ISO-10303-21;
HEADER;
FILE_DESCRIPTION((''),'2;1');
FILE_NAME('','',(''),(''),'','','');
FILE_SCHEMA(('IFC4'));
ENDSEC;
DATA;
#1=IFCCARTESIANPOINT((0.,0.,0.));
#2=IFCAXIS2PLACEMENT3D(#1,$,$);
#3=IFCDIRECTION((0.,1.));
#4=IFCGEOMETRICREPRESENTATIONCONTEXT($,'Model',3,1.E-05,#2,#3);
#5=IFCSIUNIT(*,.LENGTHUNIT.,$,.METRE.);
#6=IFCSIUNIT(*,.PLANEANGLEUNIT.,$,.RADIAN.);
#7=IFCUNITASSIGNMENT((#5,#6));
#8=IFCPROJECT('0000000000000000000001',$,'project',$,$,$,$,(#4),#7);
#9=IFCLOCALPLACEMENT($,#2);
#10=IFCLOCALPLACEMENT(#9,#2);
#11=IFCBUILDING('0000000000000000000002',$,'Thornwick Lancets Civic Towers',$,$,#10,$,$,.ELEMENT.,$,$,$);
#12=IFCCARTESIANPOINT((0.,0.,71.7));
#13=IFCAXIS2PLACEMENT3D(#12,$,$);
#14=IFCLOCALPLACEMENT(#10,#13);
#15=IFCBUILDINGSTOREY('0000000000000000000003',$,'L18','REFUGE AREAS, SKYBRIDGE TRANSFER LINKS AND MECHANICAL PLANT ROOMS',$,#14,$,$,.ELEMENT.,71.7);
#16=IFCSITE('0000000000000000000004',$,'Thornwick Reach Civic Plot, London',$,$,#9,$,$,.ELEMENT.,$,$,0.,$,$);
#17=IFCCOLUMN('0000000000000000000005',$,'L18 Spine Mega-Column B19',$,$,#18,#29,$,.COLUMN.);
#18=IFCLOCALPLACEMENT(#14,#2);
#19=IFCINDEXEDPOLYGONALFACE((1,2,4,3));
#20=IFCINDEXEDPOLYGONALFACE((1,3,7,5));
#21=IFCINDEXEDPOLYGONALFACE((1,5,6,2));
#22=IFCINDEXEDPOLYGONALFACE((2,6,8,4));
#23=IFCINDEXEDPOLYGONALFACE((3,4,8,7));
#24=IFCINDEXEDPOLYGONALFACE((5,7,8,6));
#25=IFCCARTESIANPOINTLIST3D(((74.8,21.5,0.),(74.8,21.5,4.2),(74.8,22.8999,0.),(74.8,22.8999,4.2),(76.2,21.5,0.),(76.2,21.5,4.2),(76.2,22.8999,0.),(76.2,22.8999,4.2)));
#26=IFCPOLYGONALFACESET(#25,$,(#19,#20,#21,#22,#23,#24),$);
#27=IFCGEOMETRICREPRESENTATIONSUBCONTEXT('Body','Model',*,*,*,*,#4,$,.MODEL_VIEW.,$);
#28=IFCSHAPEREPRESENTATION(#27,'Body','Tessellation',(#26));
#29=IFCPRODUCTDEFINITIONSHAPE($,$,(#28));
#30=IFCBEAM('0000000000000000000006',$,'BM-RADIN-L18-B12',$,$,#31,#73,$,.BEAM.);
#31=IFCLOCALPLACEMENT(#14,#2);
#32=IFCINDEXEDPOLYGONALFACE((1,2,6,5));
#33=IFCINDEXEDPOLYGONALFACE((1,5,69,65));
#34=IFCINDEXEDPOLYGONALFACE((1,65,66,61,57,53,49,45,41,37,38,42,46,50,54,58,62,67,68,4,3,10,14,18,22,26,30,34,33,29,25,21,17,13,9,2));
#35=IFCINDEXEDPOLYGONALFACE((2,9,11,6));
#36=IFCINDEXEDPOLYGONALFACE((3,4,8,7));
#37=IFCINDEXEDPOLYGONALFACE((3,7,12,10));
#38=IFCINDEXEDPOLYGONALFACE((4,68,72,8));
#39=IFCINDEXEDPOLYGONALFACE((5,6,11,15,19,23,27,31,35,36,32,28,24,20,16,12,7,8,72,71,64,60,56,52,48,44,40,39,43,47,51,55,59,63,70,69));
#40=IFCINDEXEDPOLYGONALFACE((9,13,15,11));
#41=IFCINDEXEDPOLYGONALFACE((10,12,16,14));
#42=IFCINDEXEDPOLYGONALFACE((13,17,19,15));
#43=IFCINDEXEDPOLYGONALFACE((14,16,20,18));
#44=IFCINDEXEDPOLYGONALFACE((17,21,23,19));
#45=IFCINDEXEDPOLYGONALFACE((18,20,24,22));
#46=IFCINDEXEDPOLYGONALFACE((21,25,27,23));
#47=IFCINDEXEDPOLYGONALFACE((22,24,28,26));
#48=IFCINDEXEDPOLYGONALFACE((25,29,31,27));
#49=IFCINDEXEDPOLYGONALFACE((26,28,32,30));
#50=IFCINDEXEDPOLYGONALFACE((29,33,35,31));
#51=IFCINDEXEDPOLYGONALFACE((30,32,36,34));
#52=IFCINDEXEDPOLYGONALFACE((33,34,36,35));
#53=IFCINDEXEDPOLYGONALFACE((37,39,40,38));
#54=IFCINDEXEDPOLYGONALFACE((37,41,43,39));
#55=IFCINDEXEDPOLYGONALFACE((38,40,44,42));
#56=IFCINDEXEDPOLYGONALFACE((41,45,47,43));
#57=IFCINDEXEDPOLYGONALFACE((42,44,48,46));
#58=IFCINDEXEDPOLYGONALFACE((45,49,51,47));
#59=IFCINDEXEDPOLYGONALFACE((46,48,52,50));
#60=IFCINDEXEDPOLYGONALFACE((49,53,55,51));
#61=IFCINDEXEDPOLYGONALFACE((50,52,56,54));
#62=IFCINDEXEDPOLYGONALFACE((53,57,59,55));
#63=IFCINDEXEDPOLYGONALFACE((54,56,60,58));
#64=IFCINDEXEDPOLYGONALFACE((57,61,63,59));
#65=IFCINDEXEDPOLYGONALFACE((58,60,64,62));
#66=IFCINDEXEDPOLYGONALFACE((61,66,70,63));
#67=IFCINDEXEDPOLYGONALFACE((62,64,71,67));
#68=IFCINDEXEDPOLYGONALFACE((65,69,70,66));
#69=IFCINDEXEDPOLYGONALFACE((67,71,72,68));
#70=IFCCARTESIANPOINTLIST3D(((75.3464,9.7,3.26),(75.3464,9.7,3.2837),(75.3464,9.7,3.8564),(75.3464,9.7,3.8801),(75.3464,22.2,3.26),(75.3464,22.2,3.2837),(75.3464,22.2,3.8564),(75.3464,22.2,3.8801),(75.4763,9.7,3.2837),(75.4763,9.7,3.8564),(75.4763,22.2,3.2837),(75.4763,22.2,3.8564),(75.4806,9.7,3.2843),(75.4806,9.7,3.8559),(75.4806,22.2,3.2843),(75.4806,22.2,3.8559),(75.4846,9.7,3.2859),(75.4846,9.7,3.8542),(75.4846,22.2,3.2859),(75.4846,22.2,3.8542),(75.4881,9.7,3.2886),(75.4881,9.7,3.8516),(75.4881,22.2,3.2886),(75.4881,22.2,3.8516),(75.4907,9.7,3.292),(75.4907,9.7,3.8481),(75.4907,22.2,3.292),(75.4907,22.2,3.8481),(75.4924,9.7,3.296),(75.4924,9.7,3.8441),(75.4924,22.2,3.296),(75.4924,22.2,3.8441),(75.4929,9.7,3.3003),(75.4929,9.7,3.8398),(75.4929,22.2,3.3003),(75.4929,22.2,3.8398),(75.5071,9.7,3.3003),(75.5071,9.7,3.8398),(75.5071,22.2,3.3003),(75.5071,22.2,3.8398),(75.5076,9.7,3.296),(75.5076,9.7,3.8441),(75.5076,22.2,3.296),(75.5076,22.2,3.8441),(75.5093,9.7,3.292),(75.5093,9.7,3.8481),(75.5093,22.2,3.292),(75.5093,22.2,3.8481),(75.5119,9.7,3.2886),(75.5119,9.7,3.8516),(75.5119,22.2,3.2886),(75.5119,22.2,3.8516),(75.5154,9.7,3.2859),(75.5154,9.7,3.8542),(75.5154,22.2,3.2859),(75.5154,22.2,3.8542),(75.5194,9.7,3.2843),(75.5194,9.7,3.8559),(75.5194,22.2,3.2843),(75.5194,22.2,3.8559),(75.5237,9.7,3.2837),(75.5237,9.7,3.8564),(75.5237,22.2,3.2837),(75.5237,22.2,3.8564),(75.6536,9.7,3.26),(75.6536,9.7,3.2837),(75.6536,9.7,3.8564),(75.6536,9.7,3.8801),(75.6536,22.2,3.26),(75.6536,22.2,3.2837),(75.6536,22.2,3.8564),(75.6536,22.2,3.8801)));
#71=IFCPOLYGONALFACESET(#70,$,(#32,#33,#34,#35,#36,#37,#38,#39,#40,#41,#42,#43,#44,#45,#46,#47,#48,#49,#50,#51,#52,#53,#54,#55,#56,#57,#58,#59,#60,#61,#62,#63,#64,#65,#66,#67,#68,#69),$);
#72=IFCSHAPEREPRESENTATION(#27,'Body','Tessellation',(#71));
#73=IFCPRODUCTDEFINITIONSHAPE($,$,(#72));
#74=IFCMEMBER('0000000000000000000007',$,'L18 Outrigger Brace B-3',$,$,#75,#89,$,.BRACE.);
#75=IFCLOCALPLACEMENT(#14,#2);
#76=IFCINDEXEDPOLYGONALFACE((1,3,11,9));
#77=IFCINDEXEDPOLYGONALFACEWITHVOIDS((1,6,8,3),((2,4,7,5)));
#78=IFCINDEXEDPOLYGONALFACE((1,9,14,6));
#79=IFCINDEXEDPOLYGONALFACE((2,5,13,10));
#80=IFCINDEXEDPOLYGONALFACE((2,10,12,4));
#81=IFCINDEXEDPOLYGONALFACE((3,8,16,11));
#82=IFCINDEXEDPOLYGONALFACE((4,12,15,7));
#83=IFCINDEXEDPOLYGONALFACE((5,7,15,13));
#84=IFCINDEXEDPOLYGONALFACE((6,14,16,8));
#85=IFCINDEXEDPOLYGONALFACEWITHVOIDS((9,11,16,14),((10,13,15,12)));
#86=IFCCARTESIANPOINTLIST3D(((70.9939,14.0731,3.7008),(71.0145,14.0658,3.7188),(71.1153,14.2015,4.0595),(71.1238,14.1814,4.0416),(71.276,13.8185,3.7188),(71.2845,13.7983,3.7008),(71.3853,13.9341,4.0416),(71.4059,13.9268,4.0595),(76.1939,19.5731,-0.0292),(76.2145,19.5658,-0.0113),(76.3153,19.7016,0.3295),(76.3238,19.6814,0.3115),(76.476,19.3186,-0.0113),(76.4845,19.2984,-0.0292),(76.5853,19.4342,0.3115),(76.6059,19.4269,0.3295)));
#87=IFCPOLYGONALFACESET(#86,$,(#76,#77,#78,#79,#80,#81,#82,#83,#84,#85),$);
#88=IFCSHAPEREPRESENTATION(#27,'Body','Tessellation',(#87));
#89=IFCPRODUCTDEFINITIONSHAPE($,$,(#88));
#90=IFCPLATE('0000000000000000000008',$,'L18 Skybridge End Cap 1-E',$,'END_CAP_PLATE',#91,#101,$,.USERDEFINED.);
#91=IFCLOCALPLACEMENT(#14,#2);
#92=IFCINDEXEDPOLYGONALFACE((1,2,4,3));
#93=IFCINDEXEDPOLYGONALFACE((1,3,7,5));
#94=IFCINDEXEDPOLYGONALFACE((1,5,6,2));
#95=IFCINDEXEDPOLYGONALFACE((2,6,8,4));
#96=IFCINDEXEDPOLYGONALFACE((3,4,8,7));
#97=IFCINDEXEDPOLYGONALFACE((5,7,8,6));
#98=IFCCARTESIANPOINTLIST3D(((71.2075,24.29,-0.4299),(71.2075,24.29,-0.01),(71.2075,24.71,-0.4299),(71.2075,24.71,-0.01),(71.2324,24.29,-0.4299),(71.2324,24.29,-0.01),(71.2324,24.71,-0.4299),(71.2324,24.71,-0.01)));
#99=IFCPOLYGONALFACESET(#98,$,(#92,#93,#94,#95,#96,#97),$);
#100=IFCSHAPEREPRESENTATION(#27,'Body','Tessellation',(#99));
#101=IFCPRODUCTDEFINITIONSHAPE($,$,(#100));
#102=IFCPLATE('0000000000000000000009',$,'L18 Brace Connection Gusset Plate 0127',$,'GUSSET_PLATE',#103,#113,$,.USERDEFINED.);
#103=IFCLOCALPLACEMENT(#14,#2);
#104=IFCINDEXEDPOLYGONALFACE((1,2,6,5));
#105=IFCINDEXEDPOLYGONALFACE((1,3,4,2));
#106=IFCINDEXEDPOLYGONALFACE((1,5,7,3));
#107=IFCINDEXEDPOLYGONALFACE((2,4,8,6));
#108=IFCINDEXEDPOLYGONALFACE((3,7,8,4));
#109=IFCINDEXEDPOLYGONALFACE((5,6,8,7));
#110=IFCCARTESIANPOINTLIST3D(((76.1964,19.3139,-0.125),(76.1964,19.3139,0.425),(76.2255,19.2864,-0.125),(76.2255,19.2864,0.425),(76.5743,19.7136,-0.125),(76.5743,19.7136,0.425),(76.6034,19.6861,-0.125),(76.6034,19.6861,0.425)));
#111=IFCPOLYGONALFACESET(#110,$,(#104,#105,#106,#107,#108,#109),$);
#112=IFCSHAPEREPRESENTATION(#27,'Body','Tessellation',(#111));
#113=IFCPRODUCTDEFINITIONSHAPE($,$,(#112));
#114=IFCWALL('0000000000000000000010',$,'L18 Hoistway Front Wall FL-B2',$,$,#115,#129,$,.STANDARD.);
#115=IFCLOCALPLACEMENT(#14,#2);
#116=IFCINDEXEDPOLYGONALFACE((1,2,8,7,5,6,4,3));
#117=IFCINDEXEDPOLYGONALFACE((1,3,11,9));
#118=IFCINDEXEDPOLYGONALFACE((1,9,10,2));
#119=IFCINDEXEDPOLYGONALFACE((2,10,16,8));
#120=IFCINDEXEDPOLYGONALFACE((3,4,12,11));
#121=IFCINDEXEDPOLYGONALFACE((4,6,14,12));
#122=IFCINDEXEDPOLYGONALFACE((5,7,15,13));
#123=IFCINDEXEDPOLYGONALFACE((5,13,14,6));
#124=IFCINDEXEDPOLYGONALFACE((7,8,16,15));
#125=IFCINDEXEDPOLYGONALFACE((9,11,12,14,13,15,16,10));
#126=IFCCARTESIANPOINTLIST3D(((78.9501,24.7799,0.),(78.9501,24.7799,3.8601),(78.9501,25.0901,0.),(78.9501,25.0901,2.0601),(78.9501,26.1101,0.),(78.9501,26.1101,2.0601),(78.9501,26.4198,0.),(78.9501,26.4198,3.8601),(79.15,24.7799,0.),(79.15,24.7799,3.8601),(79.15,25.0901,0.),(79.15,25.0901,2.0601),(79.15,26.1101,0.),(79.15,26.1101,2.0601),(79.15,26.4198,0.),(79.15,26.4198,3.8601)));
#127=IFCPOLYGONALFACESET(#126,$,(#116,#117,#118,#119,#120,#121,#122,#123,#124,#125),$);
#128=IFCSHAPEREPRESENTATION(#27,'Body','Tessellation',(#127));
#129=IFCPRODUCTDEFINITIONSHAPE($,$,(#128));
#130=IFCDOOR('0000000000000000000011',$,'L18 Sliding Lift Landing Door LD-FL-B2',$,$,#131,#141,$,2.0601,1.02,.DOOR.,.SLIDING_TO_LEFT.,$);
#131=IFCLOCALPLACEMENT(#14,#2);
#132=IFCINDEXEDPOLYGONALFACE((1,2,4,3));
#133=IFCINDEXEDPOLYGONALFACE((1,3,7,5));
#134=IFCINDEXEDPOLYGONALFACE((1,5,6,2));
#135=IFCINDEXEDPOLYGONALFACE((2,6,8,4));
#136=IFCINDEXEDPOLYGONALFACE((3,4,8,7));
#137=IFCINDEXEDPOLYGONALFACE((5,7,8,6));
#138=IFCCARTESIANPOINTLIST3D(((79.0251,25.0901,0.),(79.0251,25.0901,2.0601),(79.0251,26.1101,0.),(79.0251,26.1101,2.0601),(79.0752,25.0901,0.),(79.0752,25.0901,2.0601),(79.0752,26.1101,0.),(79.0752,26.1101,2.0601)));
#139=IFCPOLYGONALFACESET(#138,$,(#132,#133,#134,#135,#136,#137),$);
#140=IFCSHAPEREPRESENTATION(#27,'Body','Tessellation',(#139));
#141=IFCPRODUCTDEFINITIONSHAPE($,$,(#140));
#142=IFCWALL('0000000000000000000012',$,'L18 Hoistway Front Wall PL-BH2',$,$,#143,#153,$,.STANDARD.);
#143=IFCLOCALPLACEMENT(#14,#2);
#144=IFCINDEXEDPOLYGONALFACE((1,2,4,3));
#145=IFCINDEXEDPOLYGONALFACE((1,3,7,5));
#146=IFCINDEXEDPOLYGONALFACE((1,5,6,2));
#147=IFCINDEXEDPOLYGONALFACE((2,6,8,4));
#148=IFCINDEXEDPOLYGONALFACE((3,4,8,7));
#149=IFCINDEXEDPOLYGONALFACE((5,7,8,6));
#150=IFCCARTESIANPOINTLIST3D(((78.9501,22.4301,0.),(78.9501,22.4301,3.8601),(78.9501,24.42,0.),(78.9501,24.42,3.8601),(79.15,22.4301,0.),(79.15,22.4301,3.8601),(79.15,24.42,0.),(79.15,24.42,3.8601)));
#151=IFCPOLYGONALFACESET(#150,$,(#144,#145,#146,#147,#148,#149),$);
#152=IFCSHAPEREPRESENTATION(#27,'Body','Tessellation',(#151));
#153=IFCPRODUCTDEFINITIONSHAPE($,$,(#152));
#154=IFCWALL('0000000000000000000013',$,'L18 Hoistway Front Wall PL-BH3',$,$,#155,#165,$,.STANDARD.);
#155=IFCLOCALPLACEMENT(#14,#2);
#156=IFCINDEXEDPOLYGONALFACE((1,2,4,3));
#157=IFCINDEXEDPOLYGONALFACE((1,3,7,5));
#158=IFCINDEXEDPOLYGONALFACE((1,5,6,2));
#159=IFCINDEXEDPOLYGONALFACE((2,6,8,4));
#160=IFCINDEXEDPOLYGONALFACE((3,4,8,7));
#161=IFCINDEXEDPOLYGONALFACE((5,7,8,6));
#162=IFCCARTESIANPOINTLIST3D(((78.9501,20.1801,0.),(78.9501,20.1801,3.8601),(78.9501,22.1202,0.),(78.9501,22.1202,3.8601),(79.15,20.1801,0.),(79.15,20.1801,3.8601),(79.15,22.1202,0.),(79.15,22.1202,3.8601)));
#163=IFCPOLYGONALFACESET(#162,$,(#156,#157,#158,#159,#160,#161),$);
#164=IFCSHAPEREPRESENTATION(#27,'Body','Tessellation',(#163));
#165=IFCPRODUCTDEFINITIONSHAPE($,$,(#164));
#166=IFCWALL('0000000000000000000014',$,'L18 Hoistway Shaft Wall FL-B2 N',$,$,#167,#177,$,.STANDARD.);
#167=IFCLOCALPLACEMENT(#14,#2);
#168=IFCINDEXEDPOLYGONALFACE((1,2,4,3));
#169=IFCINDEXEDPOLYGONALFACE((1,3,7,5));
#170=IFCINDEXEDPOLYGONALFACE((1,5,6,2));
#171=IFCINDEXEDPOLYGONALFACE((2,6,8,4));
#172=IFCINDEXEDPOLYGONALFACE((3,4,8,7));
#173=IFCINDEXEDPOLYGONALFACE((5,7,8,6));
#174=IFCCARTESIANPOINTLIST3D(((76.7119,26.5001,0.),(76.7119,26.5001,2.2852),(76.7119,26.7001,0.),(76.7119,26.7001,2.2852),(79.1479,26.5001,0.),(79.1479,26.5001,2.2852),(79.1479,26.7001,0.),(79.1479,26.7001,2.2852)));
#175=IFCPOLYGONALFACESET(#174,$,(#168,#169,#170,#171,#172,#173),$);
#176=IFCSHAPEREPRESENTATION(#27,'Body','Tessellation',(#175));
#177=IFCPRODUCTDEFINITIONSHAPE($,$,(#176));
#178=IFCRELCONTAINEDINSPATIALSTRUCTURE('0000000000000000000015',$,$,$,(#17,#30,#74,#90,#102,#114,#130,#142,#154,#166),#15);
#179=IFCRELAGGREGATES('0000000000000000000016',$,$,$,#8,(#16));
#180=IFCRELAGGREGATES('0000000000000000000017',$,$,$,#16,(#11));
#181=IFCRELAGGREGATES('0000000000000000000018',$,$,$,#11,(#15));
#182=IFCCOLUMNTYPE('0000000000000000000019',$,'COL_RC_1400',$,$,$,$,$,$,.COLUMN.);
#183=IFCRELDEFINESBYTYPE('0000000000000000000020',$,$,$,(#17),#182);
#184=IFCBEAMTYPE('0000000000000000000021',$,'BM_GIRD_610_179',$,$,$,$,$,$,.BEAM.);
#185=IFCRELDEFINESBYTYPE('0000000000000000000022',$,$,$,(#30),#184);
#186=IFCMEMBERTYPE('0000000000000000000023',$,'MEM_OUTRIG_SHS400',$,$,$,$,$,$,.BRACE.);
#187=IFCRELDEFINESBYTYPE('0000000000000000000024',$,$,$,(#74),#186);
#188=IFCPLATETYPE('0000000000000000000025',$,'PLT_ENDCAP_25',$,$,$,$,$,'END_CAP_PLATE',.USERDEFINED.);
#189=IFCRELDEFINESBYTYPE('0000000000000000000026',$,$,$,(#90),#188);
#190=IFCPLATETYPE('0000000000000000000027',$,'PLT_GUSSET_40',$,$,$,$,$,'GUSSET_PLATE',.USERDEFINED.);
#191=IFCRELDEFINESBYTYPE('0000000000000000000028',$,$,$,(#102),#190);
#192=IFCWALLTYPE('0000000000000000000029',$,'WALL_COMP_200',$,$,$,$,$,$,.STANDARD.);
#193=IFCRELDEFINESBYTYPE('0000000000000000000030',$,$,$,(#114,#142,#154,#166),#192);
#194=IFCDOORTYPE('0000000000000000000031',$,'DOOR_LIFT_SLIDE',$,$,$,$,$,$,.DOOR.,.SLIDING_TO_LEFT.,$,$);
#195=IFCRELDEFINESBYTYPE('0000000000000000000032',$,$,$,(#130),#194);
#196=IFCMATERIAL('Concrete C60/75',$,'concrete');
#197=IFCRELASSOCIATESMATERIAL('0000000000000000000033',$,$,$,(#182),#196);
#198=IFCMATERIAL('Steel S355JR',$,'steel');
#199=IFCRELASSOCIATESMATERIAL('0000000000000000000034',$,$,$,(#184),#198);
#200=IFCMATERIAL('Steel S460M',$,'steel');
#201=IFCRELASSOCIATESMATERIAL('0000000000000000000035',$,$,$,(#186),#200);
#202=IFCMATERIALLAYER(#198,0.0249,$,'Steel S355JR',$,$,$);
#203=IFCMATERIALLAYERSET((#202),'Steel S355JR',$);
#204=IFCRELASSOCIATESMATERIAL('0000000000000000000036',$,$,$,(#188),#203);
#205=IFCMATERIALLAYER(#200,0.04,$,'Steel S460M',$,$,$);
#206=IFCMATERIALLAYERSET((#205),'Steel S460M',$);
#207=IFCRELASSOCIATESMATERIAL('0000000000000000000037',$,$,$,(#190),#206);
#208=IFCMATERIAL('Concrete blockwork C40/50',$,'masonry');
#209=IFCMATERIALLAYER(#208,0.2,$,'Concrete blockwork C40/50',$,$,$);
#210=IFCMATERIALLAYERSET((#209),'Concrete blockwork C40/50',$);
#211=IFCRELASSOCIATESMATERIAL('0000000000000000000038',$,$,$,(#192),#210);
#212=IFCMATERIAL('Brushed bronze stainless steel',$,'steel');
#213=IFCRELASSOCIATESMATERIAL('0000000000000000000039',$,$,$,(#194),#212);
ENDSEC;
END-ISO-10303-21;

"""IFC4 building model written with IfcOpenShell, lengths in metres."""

from ifc_helpers import new_model, si_unit, direction, frame, frame_2d, origin, origin_2d, place, context, subcontext, project, spatial, rectangle, hollow_rectangle, i_section, extrude, material, layer, layer_set, material_profile, profile_set, type_object, element, fill, save


model = new_model("IFC4")

# Units and contexts
model_context = context("Model", 3, precision=1e-05, world=origin(), true_north=direction((0.0, 1.0)))
body_context = subcontext(model_context, "Body", "Model", "MODEL_VIEW")
ifc_project = project(units=[si_unit("LENGTHUNIT", "METRE"), si_unit("PLANEANGLEUNIT", "RADIAN")], contexts=[model_context])

# Site, building, storey
site_placement = place(None, origin())
site = spatial("IfcSite", under=ifc_project, at=site_placement, Name="Thornwick Reach Civic Plot, London", CompositionType="ELEMENT", RefElevation=0.0)
building_placement = place(site_placement, origin())
building = spatial("IfcBuilding", under=site, at=building_placement, Name="Thornwick Lancets Civic Towers", CompositionType="ELEMENT")
storey_placement = place(building_placement, frame((0.0, 0.0, 71.7)))
storey = spatial("IfcBuildingStorey", under=building, at=storey_placement, Name="L18", Description="REFUGE AREAS, SKYBRIDGE TRANSFER LINKS AND MECHANICAL PLANT ROOMS", CompositionType="ELEMENT", Elevation=71.7)

# Column
ifc_material_1 = material(Name="Concrete C60/75", Category="concrete")
ifc_material_profile_1 = material_profile(ifc_material_1, rectangle(XDim=1.3999, YDim=1.3999, at=origin_2d()), Name="RC 1400x1400")
ifc_profile_set_1 = profile_set([ifc_material_profile_1], Name="Concrete C60/75")
column_type = type_object("IfcColumnType", Name="COL_RC_1400", PredefinedType="COLUMN", material=ifc_profile_set_1)
column_placement = place(storey_placement, frame((75.5, 22.2, 0.0), z_axis=(0.0, 0.0, 1.0), x_axis=(1.0, 0.0, 0.0)))
element("IfcColumn", 1, at=column_placement, inside=storey, type_object=column_type, Name="L18 Spine Mega-Column B19", PredefinedType="COLUMN", context=body_context, shape_type="SweptSolid", body=[
    extrude(rectangle(XDim=1.3999, YDim=1.3999, at=origin_2d()), origin(), (0.0, 0.0, 1.0), 4.2),
])

# Beam
ifc_material_2 = material(Name="Steel S355JR", Category="steel")
ifc_material_profile_2 = material_profile(ifc_material_2, i_section(OverallWidth=0.3071, OverallDepth=0.6201, WebThickness=0.0142, FlangeThickness=0.0237, FilletRadius=0.0166, at=origin_2d()), Name="UKB 610x305x179")
ifc_profile_set_2 = profile_set([ifc_material_profile_2], Name="Steel S355JR")
beam_type = type_object("IfcBeamType", Name="BM_GIRD_610_179", PredefinedType="BEAM", material=ifc_profile_set_2)
beam_placement = place(storey_placement, frame((75.5, 22.2, 3.5701), z_axis=(0.0, -1.0, 0.0), x_axis=(1.0, 0.0, 0.0)))
element("IfcBeam", 2, at=beam_placement, inside=storey, type_object=beam_type, Name="BM-RADIN-L18-B12", PredefinedType="BEAM", context=body_context, shape_type="SweptSolid", body=[
    extrude(i_section(OverallWidth=0.3071, OverallDepth=0.6201, WebThickness=0.0142, FlangeThickness=0.0237, FilletRadius=0.0166, at=origin_2d()), origin(), (0.0, 0.0, 1.0), 12.5),
])

# Member
ifc_material_3 = material(Name="Steel S460M", Category="steel")
ifc_material_profile_3 = material_profile(ifc_material_3, hollow_rectangle(XDim=0.3999, YDim=0.3999, WallThickness=0.02, at=origin_2d()), Name="SHS 400x400x20")
ifc_profile_set_3 = profile_set([ifc_material_profile_3], Name="Steel S460M")
member_type = type_object("IfcMemberType", Name="MEM_OUTRIG_SHS400", PredefinedType="BRACE", material=ifc_profile_set_3)
member_placement = place(storey_placement, frame((76.3999, 19.5, 0.1501), z_axis=(-0.616244, -0.651802, 0.442038), x_axis=(0.72665, -0.687008, 0.0)))
element("IfcMember", 3, at=member_placement, inside=storey, type_object=member_type, Name="L18 Outrigger Brace B-3", PredefinedType="BRACE", context=body_context, shape_type="SweptSolid", body=[
    extrude(hollow_rectangle(XDim=0.3999, YDim=0.3999, WallThickness=0.02, at=origin_2d()), origin(), (0.0, 0.0, 1.0), 8.4382),
])

# Plates
ifc_layer_1 = layer(ifc_material_2, 0.0249, Name="Steel S355JR")
ifc_layer_set_1 = layer_set([ifc_layer_1], Name="Steel S355JR")
plate_type_1 = type_object("IfcPlateType", Name="PLT_ENDCAP_25", ElementType="END_CAP_PLATE", PredefinedType="USERDEFINED", material=ifc_layer_set_1)
plate_1_placement = place(storey_placement, frame((71.22, 24.5, -0.4299), z_axis=(0.0, 0.0, 1.0), x_axis=(1.0, 0.0, 0.0)))
element("IfcPlate", 4, at=plate_1_placement, inside=storey, type_object=plate_type_1, Name="L18 Skybridge End Cap 1-E", ObjectType="END_CAP_PLATE", PredefinedType="USERDEFINED", context=body_context, shape_type="SweptSolid", body=[
    extrude(rectangle(XDim=0.0249, YDim=0.4199, at=origin_2d()), origin(), (0.0, 0.0, 1.0), 0.4199),
])
ifc_layer_2 = layer(ifc_material_3, 0.04, Name="Steel S460M")
ifc_layer_set_2 = layer_set([ifc_layer_2], Name="Steel S460M")
plate_type_2 = type_object("IfcPlateType", Name="PLT_GUSSET_40", ElementType="GUSSET_PLATE", PredefinedType="USERDEFINED", material=ifc_layer_set_2)
plate_2_placement = place(storey_placement, frame((76.3999, 19.5, -0.125), z_axis=(0.0, 0.0, 1.0), x_axis=(-0.686961, -0.726695, 0.0)))
element("IfcPlate", 5, at=plate_2_placement, inside=storey, type_object=plate_type_2, Name="L18 Brace Connection Gusset Plate 0127", ObjectType="GUSSET_PLATE", PredefinedType="USERDEFINED", context=body_context, shape_type="SweptSolid", body=[
    extrude(rectangle(XDim=0.55, YDim=0.04, at=origin_2d()), origin(), (0.0, 0.0, 1.0), 0.55),
])

# Wall, opening, door
ifc_material_4 = material(Name="Concrete blockwork C40/50", Category="masonry")
ifc_layer_3 = layer(ifc_material_4, 0.2, Name="Concrete blockwork C40/50")
ifc_layer_set_3 = layer_set([ifc_layer_3], Name="Concrete blockwork C40/50")
wall_type_1 = type_object("IfcWallType", Name="WALL_COMP_200", PredefinedType="STANDARD", material=ifc_layer_set_3)
wall_1_placement = place(storey_placement, frame((79.05, 24.78, 0.0), z_axis=(0.0, 0.0, 1.0), x_axis=(0.0, 1.0, 0.0)))
wall_1 = element("IfcWall", 6, at=wall_1_placement, inside=storey, type_object=wall_type_1, Name="L18 Hoistway Front Wall FL-B2", PredefinedType="STANDARD", context=body_context, shape_type="SweptSolid", body=[
    extrude(rectangle(XDim=1.6399, YDim=0.2, at=frame_2d((0.8198, 0.0))), origin(), (0.0, 0.0, 1.0), 3.8601),
])
opening_1_placement = place(wall_1_placement, frame((0.3101, 0.0, 0.0)))
opening_1 = element("IfcOpeningElement", 7, at=opening_1_placement, cuts=wall_1, PredefinedType="OPENING", context=body_context, shape_type="SweptSolid", body=[
    extrude(rectangle(XDim=1.02, YDim=2.0601, at=frame_2d((0.51, 1.03))), frame((0.0, 0.1099, 0.0), z_axis=(0.0, -1.0, 0.0), x_axis=(1.0, 0.0, 0.0)), (0.0, 0.0, 1.0), 0.22),
])
ifc_material_5 = material(Name="Brushed bronze stainless steel", Category="steel")
door_type_1 = type_object("IfcDoorType", Name="DOOR_LIFT_SLIDE", OperationType="SLIDING_TO_LEFT", PredefinedType="DOOR", material=ifc_material_5)
door_1_placement = place(opening_1_placement, origin())
door_1 = element("IfcDoor", 8, at=door_1_placement, inside=storey, type_object=door_type_1, Name="L18 Sliding Lift Landing Door LD-FL-B2", OperationType="SLIDING_TO_LEFT", OverallHeight=2.0601, OverallWidth=1.02, PredefinedType="DOOR", context=body_context, shape_type="SweptSolid", body=[
    extrude(rectangle(XDim=1.02, YDim=2.0601, at=frame_2d((0.51, 1.03))), frame((0.0, 0.0249, 0.0), z_axis=(0.0, -1.0, 0.0), x_axis=(1.0, 0.0, 0.0)), (0.0, 0.0, 1.0), 0.05),
])
fill(opening_1, door_1)

# Walls
wall_2_placement = place(storey_placement, frame((79.05, 22.4299, 0.0), z_axis=(0.0, 0.0, 1.0), x_axis=(0.0, 1.0, 0.0)))
element("IfcWall", 9, at=wall_2_placement, inside=storey, type_object=wall_type_1, Name="L18 Hoistway Front Wall PL-BH2", PredefinedType="STANDARD", context=body_context, shape_type="SweptSolid", body=[
    extrude(rectangle(XDim=1.99, YDim=0.2, at=frame_2d((0.9951, 0.0))), origin(), (0.0, 0.0, 1.0), 3.8601),
])
wall_3_placement = place(storey_placement, frame((79.05, 20.1799, 0.0), z_axis=(0.0, 0.0, 1.0), x_axis=(0.0, 1.0, 0.0)))
element("IfcWall", 10, at=wall_3_placement, inside=storey, type_object=wall_type_1, Name="L18 Hoistway Front Wall PL-BH3", PredefinedType="STANDARD", context=body_context, shape_type="SweptSolid", body=[
    extrude(rectangle(XDim=1.9402, YDim=0.2, at=frame_2d((0.9702, 0.0))), origin(), (0.0, 0.0, 1.0), 3.8601),
])
wall_4_placement = place(storey_placement, frame((76.7119, 26.6001, 0.0), z_axis=(0.0, 0.0, 1.0), x_axis=(1.0, 0.0, 0.0)))
element("IfcWall", 11, at=wall_4_placement, inside=storey, type_object=wall_type_1, Name="L18 Hoistway Shaft Wall FL-B2 N", PredefinedType="STANDARD", context=body_context, shape_type="SweptSolid", body=[
    extrude(rectangle(XDim=2.436, YDim=0.2, at=frame_2d((1.218, 0.0))), origin(), (0.0, 0.0, 1.0), 2.2852),
])

save(model, "model.ifc")
